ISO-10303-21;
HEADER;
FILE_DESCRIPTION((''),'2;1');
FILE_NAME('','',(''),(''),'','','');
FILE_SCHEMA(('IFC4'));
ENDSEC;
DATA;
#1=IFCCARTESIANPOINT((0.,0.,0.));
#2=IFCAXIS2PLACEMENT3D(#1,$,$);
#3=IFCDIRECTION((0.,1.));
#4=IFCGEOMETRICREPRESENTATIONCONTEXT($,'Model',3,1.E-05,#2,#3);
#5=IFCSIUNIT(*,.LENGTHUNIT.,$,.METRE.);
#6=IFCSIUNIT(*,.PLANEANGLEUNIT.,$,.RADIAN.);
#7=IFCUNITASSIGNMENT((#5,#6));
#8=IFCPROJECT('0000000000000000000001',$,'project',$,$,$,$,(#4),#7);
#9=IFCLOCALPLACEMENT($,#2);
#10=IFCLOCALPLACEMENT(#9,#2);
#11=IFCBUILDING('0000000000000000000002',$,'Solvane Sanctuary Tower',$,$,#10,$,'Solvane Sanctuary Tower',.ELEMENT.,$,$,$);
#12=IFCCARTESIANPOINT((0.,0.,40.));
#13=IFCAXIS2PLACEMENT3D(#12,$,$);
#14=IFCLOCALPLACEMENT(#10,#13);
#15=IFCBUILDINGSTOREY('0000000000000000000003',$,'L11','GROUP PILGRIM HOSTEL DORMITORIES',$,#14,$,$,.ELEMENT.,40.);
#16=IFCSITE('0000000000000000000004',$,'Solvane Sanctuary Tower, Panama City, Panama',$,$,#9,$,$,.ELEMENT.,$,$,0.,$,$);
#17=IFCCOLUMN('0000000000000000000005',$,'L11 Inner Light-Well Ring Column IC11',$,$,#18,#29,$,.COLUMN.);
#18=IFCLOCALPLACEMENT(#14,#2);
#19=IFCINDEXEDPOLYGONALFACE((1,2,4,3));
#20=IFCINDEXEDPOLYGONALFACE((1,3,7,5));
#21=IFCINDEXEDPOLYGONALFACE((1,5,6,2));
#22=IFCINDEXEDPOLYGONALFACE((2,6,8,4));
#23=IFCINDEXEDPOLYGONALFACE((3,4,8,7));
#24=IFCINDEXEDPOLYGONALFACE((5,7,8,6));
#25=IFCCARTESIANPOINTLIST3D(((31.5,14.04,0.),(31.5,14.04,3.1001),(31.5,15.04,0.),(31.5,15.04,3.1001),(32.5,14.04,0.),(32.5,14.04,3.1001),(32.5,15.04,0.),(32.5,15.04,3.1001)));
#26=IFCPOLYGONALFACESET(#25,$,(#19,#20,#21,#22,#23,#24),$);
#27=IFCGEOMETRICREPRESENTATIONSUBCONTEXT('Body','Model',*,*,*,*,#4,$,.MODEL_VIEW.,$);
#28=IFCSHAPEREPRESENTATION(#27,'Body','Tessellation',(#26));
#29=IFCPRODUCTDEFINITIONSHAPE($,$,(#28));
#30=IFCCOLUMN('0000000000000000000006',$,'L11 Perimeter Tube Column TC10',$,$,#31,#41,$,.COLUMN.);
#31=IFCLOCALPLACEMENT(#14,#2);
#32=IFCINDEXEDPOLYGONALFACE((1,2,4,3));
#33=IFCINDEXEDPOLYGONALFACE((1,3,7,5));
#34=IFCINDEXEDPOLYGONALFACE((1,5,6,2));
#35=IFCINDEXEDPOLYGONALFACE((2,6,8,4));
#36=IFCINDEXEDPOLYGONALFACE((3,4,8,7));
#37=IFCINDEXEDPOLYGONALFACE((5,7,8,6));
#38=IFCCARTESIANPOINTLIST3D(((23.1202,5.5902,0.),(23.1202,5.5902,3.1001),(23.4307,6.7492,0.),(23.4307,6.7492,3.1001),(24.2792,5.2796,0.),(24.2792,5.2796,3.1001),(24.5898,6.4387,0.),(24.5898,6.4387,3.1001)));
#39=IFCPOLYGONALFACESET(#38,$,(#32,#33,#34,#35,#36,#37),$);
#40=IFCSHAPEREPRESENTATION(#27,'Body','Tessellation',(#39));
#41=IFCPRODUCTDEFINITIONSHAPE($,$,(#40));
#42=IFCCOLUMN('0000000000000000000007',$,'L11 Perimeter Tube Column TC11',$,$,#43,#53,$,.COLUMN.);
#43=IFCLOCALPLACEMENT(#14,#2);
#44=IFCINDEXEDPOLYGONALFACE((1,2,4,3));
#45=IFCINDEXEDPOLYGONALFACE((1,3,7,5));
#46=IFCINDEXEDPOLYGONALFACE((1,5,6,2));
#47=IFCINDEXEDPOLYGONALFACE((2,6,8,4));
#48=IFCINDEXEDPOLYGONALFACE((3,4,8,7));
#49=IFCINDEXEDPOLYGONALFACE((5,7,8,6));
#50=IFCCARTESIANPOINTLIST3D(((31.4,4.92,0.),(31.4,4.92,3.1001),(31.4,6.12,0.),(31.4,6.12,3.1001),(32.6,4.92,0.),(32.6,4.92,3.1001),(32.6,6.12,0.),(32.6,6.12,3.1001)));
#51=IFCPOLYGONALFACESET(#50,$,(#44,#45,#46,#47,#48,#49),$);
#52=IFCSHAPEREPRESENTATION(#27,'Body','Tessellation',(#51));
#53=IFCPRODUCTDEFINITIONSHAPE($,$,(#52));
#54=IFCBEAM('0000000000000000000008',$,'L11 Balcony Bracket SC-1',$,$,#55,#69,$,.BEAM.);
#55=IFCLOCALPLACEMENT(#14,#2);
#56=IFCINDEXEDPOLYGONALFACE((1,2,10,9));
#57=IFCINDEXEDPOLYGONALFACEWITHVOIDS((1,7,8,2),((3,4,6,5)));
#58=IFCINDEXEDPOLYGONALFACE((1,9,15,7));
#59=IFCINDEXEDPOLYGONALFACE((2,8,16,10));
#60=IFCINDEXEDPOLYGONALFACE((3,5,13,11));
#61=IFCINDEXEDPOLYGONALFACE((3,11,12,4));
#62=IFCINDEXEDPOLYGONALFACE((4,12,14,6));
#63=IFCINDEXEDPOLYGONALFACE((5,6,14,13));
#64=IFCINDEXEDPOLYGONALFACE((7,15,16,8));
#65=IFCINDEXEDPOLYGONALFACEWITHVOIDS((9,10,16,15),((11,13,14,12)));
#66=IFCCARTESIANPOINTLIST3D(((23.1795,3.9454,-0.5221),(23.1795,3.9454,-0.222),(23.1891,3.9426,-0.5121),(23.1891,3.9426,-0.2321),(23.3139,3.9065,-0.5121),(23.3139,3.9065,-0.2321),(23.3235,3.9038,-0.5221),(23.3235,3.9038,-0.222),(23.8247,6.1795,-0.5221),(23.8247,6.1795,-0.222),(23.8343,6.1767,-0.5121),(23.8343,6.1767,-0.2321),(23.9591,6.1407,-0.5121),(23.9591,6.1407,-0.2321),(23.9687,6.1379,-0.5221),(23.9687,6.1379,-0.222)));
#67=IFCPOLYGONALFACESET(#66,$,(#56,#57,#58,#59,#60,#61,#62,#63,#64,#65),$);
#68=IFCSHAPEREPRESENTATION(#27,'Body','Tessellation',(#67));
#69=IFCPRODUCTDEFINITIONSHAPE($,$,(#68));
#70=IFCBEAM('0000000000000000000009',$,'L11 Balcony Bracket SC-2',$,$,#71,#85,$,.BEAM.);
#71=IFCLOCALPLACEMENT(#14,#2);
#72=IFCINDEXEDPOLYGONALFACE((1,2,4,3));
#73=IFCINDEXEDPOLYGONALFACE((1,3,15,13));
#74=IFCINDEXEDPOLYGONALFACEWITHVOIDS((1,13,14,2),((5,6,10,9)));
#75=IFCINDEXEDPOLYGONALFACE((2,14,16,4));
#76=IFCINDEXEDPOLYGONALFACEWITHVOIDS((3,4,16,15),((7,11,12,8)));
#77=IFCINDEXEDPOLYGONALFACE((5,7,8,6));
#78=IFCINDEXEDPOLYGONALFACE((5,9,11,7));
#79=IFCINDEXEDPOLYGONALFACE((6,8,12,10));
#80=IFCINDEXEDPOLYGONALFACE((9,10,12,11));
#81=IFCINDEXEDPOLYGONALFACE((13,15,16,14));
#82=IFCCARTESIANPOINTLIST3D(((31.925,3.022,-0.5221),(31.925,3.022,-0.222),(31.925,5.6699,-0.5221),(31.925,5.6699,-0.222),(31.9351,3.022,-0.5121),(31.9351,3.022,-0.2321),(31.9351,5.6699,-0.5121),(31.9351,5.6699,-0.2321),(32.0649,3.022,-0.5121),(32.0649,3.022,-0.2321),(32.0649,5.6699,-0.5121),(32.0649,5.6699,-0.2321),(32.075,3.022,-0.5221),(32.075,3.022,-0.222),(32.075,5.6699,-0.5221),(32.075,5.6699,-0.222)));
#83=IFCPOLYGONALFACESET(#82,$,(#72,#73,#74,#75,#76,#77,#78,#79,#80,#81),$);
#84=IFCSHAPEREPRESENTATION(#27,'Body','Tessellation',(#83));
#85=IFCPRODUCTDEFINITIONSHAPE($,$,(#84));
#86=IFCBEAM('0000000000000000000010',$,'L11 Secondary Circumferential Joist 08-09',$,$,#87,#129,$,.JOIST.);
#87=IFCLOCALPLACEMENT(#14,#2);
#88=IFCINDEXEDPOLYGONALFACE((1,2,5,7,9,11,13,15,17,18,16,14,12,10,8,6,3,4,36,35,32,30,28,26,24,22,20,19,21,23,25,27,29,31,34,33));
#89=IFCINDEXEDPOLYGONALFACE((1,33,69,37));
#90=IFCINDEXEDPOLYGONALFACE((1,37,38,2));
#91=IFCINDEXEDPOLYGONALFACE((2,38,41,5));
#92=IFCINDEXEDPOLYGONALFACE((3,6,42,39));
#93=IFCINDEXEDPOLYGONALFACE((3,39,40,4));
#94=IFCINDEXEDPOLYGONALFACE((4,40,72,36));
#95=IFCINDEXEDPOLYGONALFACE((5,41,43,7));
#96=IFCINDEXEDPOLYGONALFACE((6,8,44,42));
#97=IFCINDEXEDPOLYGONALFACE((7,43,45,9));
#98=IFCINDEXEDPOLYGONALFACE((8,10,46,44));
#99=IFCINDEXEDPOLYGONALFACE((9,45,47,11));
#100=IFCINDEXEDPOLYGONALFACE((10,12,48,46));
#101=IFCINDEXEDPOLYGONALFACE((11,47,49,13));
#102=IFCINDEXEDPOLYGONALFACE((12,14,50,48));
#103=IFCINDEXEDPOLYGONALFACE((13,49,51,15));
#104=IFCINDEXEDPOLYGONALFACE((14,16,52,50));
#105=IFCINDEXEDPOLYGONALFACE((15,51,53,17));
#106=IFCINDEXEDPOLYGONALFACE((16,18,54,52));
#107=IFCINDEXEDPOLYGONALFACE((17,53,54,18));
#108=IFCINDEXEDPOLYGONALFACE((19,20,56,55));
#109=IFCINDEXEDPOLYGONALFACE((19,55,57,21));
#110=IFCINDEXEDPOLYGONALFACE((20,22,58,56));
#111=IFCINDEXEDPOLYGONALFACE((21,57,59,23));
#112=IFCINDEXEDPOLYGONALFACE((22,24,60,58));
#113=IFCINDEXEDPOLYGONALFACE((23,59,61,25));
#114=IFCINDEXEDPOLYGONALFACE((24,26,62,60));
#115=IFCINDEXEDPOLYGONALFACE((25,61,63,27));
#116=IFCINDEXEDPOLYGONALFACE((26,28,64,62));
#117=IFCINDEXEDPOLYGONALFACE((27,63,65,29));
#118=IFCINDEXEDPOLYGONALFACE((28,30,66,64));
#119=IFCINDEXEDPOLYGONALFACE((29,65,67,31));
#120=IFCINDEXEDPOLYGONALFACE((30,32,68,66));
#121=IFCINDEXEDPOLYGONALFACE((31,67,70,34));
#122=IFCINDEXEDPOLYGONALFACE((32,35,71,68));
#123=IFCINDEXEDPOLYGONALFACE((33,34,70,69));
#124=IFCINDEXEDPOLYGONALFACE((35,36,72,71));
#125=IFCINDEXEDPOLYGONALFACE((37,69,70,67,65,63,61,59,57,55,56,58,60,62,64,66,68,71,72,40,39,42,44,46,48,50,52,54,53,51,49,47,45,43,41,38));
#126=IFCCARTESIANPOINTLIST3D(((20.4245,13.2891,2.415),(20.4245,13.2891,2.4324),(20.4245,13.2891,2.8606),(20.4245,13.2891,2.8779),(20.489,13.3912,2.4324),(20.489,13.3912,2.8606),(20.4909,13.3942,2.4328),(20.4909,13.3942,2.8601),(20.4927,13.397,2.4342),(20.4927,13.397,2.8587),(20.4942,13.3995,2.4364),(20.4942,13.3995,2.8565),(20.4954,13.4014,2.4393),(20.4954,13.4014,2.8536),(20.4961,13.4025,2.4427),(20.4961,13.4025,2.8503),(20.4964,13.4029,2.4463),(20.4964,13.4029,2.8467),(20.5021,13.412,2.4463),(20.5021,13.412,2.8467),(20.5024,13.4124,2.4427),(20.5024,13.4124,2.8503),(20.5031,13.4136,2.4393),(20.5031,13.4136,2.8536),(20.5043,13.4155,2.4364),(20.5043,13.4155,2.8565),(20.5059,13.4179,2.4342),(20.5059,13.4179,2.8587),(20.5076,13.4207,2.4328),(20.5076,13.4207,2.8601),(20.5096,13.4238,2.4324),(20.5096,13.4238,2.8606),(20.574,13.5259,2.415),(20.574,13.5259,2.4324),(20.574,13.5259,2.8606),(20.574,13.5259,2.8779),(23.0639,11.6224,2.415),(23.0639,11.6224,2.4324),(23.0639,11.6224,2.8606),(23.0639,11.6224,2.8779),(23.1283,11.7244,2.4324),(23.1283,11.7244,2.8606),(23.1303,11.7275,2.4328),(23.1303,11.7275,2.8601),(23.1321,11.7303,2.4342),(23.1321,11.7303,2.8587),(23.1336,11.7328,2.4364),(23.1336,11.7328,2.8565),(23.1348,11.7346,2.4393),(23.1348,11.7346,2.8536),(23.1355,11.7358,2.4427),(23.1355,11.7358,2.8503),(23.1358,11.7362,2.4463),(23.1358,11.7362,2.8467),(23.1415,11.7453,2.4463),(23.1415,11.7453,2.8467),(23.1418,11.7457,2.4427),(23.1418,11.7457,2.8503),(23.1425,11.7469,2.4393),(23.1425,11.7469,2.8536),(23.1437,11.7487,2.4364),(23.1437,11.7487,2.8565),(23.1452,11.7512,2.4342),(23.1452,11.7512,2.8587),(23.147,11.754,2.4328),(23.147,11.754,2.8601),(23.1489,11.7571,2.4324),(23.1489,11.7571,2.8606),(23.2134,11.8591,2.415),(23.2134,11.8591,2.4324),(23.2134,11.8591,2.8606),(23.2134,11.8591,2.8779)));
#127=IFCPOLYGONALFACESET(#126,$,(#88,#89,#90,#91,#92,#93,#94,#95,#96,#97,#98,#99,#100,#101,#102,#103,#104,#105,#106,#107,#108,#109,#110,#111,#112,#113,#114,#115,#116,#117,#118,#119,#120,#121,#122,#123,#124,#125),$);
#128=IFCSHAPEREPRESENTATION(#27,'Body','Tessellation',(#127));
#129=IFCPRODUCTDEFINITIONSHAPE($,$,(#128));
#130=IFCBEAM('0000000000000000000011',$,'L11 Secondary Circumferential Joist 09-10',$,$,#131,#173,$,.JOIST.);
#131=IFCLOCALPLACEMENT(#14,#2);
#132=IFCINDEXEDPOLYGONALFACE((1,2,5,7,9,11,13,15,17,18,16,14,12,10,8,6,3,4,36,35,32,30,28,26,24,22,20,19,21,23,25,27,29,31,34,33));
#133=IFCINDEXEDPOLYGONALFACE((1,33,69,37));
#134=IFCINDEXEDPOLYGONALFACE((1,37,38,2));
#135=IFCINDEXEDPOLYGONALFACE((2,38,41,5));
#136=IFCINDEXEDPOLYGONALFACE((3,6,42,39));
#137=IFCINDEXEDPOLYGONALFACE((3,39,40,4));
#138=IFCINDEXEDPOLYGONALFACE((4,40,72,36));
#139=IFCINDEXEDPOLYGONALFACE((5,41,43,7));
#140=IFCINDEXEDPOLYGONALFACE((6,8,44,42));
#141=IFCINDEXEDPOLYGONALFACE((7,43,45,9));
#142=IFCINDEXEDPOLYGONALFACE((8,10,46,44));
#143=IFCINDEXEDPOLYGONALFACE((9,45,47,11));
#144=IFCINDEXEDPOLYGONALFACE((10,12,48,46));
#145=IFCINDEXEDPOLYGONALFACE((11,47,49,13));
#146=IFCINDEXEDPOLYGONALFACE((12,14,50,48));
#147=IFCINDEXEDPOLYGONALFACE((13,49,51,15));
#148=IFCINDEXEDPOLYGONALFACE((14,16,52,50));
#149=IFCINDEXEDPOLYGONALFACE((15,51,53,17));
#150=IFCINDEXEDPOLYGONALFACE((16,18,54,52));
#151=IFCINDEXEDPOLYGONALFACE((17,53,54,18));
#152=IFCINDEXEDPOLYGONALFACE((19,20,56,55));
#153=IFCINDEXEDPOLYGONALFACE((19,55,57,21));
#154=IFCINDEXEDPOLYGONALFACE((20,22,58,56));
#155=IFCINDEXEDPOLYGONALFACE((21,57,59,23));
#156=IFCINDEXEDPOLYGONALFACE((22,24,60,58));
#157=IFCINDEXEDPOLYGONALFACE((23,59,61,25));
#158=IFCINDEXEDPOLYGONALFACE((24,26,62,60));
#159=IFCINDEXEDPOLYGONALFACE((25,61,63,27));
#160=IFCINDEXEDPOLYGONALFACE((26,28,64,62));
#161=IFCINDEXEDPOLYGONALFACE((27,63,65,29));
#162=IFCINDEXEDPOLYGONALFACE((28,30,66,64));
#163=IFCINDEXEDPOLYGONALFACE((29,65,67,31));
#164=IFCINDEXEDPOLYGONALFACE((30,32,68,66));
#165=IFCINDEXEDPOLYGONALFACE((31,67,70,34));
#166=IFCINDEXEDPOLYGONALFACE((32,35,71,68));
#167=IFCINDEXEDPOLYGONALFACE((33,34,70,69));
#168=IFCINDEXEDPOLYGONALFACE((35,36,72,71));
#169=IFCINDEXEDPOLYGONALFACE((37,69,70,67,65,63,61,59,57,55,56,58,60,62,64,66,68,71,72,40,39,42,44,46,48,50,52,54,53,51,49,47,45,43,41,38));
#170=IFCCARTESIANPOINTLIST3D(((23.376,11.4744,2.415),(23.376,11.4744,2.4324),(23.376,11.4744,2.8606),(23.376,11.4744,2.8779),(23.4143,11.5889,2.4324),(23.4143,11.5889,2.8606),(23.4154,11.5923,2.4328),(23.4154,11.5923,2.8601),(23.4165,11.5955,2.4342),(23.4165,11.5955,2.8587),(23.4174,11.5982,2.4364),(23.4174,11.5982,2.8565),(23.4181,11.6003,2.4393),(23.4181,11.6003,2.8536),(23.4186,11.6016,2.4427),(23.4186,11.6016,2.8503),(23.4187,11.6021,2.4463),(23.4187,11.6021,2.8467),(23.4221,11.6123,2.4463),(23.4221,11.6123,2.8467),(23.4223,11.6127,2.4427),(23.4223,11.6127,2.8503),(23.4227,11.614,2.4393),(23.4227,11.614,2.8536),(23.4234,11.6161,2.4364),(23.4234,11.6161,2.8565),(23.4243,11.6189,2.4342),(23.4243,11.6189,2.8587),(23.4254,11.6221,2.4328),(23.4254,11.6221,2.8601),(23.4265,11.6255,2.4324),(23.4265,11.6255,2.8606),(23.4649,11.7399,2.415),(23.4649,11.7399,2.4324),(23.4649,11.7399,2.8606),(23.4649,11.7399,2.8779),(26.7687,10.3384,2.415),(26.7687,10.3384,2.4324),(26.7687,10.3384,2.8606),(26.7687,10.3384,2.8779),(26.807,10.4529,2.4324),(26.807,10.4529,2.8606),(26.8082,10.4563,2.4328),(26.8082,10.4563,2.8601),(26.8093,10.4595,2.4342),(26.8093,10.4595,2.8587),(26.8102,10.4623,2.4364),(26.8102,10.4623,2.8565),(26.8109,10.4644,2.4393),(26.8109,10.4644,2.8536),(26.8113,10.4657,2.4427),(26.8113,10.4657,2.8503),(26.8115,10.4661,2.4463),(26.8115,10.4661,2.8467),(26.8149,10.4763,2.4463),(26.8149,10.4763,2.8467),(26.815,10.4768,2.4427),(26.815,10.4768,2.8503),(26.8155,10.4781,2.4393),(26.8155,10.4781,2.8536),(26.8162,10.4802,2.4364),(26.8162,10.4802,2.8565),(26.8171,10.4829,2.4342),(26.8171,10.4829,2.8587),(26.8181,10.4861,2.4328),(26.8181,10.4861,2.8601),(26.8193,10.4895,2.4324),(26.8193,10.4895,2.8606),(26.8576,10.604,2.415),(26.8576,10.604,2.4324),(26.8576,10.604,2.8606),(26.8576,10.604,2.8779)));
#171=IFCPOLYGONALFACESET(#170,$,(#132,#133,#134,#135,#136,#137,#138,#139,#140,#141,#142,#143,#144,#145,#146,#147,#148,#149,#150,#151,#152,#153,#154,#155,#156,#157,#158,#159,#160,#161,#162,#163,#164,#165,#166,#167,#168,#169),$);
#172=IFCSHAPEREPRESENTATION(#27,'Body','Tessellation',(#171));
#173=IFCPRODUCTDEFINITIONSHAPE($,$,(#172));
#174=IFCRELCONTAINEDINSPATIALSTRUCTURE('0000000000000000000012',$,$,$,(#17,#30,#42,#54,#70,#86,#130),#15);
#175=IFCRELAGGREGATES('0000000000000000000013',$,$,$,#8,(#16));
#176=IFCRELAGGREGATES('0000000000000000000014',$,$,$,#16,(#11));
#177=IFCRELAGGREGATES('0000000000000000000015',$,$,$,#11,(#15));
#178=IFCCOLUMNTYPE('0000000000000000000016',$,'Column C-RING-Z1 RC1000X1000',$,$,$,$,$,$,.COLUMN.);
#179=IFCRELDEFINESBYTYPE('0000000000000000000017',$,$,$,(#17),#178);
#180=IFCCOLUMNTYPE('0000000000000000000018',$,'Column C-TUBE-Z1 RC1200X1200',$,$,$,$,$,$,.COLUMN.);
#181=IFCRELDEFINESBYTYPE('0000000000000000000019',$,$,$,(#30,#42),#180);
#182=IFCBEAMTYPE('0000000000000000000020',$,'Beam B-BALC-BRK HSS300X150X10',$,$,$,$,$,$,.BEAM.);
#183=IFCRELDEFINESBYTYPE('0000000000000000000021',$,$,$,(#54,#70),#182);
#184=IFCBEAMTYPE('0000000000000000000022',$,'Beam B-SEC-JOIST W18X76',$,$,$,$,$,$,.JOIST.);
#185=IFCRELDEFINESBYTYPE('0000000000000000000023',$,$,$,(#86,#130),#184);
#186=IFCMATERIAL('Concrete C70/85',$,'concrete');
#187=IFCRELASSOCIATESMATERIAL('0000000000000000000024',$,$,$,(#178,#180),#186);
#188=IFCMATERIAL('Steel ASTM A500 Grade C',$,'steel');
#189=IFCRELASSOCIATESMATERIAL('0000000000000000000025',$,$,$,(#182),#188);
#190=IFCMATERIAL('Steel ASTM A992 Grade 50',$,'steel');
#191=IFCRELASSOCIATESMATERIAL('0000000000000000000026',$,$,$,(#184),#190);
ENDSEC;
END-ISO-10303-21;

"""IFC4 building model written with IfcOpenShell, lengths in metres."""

from ifc_helpers import new_model, si_unit, direction, frame, origin, origin_2d, place, context, subcontext, project, spatial, rectangle, hollow_rectangle, i_section, extrude, material, material_profile, profile_set, type_object, element, save


model = new_model("IFC4")

# Units and contexts
model_context = context("Model", 3, precision=1e-05, world=origin(), true_north=direction((0.0, 1.0)))
body_context = subcontext(model_context, "Body", "Model", "MODEL_VIEW")
ifc_project = project(units=[si_unit("LENGTHUNIT", "METRE"), si_unit("PLANEANGLEUNIT", "RADIAN")], contexts=[model_context])

# Site, building, storey
site_placement = place(None, origin())
site = spatial("IfcSite", under=ifc_project, at=site_placement, Name="Solvane Sanctuary Tower, Panama City, Panama", CompositionType="ELEMENT", RefElevation=0.0)
building_placement = place(site_placement, origin())
building = spatial("IfcBuilding", under=site, at=building_placement, Name="Solvane Sanctuary Tower", LongName="Solvane Sanctuary Tower", CompositionType="ELEMENT")
storey_placement = place(building_placement, frame((0.0, 0.0, 40.0)))
storey = spatial("IfcBuildingStorey", under=building, at=storey_placement, Name="L11", Description="GROUP PILGRIM HOSTEL DORMITORIES", CompositionType="ELEMENT", Elevation=40.0)

# Columns
ifc_material_1 = material(Name="Concrete C70/85", Category="concrete")
ifc_material_profile_1 = material_profile(ifc_material_1, rectangle(XDim=1.0, YDim=1.0, at=origin_2d()), Name="RC1000X1000")
ifc_profile_set_1 = profile_set([ifc_material_profile_1], Name="Concrete C70/85")
column_type_1 = type_object("IfcColumnType", Name="Column C-RING-Z1 RC1000X1000", PredefinedType="COLUMN", material=ifc_profile_set_1)
column_placement = place(storey_placement, frame((32.0, 14.54, 0.0), z_axis=(0.0, 0.0, 1.0), x_axis=(1.0, 0.0, 0.0)))
element("IfcColumn", 1, at=column_placement, inside=storey, type_object=column_type_1, Name="L11 Inner Light-Well Ring Column IC11", PredefinedType="COLUMN", context=body_context, shape_type="SweptSolid", body=[
    extrude(rectangle(XDim=1.0, YDim=1.0, at=origin_2d()), origin(), (0.0, 0.0, 1.0), 3.1001),
])
ifc_material_profile_2 = material_profile(ifc_material_1, rectangle(XDim=1.2, YDim=1.2, at=origin_2d()), Name="RC1200X1200")
ifc_profile_set_2 = profile_set([ifc_material_profile_2], Name="Concrete C70/85")
column_type_2 = type_object("IfcColumnType", Name="Column C-TUBE-Z1 RC1200X1200", PredefinedType="COLUMN", material=ifc_profile_set_2)
for number, where, z_axis, x_axis, name in (
    (2, (23.855, 6.0144, 0.0), (0.0, 0.0, 1.0), (-0.258819, -0.965926, 0.0), "L11 Perimeter Tube Column TC10"),
    (3, (32.0, 5.52, 0.0), (0.0, 0.0, 1.0), (0.0, -1.0, 0.0), "L11 Perimeter Tube Column TC11"),
):
    element("IfcColumn", number, at=place(storey_placement, frame(where, z_axis=z_axis, x_axis=x_axis)), inside=storey, type_object=column_type_2, Name=name, PredefinedType="COLUMN", context=body_context, shape_type="SweptSolid", body=[
        extrude(rectangle(XDim=1.2, YDim=1.2, at=origin_2d()), origin(), (0.0, 0.0, 1.0), 3.1001),
    ])

# Beams
ifc_material_2 = material(Name="Steel ASTM A500 Grade C", Category="steel")
ifc_material_profile_3 = material_profile(ifc_material_2, hollow_rectangle(XDim=0.1499, YDim=0.3, WallThickness=0.01, at=origin_2d()), Name="HSS300X150X10")
ifc_profile_set_3 = profile_set([ifc_material_profile_3], Name="Steel ASTM A500 Grade C")
beam_type_1 = type_object("IfcBeamType", Name="Beam B-BALC-BRK HSS300X150X10", PredefinedType="BEAM", material=ifc_profile_set_3)
beam_1_placement = place(storey_placement, frame((23.8967, 6.1587, -0.3721), z_axis=(-0.277479, -0.960732, 0.0), x_axis=(0.960732, -0.277479, 0.0)))
element("IfcBeam", 4, at=beam_1_placement, inside=storey, type_object=beam_type_1, Name="L11 Balcony Bracket SC-1", PredefinedType="BEAM", context=body_context, shape_type="SweptSolid", body=[
    extrude(hollow_rectangle(XDim=0.1499, YDim=0.3, WallThickness=0.01, at=origin_2d()), origin(), (0.0, 0.0, 1.0), 2.3254),
])
beam_2_placement = place(storey_placement, frame((32.0, 5.6699, -0.3721), z_axis=(0.0, -1.0, 0.0), x_axis=(1.0, 0.0, 0.0)))
element("IfcBeam", 5, at=beam_2_placement, inside=storey, type_object=beam_type_1, Name="L11 Balcony Bracket SC-2", PredefinedType="BEAM", context=body_context, shape_type="SweptSolid", body=[
    extrude(hollow_rectangle(XDim=0.1499, YDim=0.3, WallThickness=0.01, at=origin_2d()), origin(), (0.0, 0.0, 1.0), 2.6479),
])
ifc_material_3 = material(Name="Steel ASTM A992 Grade 50", Category="steel")
ifc_material_profile_4 = material_profile(ifc_material_3, i_section(OverallWidth=0.28, OverallDepth=0.4629, WebThickness=0.0107, FlangeThickness=0.0173, FilletRadius=0.0139, at=origin_2d()), Name="W18X76")
ifc_profile_set_4 = profile_set([ifc_material_profile_4], Name="Steel ASTM A992 Grade 50")
beam_type_2 = type_object("IfcBeamType", Name="Beam B-SEC-JOIST W18X76", PredefinedType="JOIST", material=ifc_profile_set_4)
beam_3_placement = place(storey_placement, frame((20.4993, 13.4075, 2.6465), z_axis=(0.845524, -0.533937, 0.0), x_axis=(0.533937, 0.845524, 0.0)))
element("IfcBeam", 6, at=beam_3_placement, inside=storey, type_object=beam_type_2, Name="L11 Secondary Circumferential Joist 08-09", PredefinedType="JOIST", context=body_context, shape_type="SweptSolid", body=[
    extrude(i_section(OverallWidth=0.28, OverallDepth=0.4629, WebThickness=0.0107, FlangeThickness=0.0173, FilletRadius=0.0139, at=origin_2d()), origin(), (0.0, 0.0, 1.0), 3.1216),
])
beam_4_placement = place(storey_placement, frame((23.4204, 11.6072, 2.6465), z_axis=(0.948259, -0.317497, 0.0), x_axis=(0.317497, 0.948259, 0.0)))
element("IfcBeam", 7, at=beam_4_placement, inside=storey, type_object=beam_type_2, Name="L11 Secondary Circumferential Joist 09-10", PredefinedType="JOIST", context=body_context, shape_type="SweptSolid", body=[
    extrude(i_section(OverallWidth=0.28, OverallDepth=0.4629, WebThickness=0.0107, FlangeThickness=0.0173, FilletRadius=0.0139, at=origin_2d()), origin(), (0.0, 0.0, 1.0), 3.5779),
])

save(model, "model.ifc")
